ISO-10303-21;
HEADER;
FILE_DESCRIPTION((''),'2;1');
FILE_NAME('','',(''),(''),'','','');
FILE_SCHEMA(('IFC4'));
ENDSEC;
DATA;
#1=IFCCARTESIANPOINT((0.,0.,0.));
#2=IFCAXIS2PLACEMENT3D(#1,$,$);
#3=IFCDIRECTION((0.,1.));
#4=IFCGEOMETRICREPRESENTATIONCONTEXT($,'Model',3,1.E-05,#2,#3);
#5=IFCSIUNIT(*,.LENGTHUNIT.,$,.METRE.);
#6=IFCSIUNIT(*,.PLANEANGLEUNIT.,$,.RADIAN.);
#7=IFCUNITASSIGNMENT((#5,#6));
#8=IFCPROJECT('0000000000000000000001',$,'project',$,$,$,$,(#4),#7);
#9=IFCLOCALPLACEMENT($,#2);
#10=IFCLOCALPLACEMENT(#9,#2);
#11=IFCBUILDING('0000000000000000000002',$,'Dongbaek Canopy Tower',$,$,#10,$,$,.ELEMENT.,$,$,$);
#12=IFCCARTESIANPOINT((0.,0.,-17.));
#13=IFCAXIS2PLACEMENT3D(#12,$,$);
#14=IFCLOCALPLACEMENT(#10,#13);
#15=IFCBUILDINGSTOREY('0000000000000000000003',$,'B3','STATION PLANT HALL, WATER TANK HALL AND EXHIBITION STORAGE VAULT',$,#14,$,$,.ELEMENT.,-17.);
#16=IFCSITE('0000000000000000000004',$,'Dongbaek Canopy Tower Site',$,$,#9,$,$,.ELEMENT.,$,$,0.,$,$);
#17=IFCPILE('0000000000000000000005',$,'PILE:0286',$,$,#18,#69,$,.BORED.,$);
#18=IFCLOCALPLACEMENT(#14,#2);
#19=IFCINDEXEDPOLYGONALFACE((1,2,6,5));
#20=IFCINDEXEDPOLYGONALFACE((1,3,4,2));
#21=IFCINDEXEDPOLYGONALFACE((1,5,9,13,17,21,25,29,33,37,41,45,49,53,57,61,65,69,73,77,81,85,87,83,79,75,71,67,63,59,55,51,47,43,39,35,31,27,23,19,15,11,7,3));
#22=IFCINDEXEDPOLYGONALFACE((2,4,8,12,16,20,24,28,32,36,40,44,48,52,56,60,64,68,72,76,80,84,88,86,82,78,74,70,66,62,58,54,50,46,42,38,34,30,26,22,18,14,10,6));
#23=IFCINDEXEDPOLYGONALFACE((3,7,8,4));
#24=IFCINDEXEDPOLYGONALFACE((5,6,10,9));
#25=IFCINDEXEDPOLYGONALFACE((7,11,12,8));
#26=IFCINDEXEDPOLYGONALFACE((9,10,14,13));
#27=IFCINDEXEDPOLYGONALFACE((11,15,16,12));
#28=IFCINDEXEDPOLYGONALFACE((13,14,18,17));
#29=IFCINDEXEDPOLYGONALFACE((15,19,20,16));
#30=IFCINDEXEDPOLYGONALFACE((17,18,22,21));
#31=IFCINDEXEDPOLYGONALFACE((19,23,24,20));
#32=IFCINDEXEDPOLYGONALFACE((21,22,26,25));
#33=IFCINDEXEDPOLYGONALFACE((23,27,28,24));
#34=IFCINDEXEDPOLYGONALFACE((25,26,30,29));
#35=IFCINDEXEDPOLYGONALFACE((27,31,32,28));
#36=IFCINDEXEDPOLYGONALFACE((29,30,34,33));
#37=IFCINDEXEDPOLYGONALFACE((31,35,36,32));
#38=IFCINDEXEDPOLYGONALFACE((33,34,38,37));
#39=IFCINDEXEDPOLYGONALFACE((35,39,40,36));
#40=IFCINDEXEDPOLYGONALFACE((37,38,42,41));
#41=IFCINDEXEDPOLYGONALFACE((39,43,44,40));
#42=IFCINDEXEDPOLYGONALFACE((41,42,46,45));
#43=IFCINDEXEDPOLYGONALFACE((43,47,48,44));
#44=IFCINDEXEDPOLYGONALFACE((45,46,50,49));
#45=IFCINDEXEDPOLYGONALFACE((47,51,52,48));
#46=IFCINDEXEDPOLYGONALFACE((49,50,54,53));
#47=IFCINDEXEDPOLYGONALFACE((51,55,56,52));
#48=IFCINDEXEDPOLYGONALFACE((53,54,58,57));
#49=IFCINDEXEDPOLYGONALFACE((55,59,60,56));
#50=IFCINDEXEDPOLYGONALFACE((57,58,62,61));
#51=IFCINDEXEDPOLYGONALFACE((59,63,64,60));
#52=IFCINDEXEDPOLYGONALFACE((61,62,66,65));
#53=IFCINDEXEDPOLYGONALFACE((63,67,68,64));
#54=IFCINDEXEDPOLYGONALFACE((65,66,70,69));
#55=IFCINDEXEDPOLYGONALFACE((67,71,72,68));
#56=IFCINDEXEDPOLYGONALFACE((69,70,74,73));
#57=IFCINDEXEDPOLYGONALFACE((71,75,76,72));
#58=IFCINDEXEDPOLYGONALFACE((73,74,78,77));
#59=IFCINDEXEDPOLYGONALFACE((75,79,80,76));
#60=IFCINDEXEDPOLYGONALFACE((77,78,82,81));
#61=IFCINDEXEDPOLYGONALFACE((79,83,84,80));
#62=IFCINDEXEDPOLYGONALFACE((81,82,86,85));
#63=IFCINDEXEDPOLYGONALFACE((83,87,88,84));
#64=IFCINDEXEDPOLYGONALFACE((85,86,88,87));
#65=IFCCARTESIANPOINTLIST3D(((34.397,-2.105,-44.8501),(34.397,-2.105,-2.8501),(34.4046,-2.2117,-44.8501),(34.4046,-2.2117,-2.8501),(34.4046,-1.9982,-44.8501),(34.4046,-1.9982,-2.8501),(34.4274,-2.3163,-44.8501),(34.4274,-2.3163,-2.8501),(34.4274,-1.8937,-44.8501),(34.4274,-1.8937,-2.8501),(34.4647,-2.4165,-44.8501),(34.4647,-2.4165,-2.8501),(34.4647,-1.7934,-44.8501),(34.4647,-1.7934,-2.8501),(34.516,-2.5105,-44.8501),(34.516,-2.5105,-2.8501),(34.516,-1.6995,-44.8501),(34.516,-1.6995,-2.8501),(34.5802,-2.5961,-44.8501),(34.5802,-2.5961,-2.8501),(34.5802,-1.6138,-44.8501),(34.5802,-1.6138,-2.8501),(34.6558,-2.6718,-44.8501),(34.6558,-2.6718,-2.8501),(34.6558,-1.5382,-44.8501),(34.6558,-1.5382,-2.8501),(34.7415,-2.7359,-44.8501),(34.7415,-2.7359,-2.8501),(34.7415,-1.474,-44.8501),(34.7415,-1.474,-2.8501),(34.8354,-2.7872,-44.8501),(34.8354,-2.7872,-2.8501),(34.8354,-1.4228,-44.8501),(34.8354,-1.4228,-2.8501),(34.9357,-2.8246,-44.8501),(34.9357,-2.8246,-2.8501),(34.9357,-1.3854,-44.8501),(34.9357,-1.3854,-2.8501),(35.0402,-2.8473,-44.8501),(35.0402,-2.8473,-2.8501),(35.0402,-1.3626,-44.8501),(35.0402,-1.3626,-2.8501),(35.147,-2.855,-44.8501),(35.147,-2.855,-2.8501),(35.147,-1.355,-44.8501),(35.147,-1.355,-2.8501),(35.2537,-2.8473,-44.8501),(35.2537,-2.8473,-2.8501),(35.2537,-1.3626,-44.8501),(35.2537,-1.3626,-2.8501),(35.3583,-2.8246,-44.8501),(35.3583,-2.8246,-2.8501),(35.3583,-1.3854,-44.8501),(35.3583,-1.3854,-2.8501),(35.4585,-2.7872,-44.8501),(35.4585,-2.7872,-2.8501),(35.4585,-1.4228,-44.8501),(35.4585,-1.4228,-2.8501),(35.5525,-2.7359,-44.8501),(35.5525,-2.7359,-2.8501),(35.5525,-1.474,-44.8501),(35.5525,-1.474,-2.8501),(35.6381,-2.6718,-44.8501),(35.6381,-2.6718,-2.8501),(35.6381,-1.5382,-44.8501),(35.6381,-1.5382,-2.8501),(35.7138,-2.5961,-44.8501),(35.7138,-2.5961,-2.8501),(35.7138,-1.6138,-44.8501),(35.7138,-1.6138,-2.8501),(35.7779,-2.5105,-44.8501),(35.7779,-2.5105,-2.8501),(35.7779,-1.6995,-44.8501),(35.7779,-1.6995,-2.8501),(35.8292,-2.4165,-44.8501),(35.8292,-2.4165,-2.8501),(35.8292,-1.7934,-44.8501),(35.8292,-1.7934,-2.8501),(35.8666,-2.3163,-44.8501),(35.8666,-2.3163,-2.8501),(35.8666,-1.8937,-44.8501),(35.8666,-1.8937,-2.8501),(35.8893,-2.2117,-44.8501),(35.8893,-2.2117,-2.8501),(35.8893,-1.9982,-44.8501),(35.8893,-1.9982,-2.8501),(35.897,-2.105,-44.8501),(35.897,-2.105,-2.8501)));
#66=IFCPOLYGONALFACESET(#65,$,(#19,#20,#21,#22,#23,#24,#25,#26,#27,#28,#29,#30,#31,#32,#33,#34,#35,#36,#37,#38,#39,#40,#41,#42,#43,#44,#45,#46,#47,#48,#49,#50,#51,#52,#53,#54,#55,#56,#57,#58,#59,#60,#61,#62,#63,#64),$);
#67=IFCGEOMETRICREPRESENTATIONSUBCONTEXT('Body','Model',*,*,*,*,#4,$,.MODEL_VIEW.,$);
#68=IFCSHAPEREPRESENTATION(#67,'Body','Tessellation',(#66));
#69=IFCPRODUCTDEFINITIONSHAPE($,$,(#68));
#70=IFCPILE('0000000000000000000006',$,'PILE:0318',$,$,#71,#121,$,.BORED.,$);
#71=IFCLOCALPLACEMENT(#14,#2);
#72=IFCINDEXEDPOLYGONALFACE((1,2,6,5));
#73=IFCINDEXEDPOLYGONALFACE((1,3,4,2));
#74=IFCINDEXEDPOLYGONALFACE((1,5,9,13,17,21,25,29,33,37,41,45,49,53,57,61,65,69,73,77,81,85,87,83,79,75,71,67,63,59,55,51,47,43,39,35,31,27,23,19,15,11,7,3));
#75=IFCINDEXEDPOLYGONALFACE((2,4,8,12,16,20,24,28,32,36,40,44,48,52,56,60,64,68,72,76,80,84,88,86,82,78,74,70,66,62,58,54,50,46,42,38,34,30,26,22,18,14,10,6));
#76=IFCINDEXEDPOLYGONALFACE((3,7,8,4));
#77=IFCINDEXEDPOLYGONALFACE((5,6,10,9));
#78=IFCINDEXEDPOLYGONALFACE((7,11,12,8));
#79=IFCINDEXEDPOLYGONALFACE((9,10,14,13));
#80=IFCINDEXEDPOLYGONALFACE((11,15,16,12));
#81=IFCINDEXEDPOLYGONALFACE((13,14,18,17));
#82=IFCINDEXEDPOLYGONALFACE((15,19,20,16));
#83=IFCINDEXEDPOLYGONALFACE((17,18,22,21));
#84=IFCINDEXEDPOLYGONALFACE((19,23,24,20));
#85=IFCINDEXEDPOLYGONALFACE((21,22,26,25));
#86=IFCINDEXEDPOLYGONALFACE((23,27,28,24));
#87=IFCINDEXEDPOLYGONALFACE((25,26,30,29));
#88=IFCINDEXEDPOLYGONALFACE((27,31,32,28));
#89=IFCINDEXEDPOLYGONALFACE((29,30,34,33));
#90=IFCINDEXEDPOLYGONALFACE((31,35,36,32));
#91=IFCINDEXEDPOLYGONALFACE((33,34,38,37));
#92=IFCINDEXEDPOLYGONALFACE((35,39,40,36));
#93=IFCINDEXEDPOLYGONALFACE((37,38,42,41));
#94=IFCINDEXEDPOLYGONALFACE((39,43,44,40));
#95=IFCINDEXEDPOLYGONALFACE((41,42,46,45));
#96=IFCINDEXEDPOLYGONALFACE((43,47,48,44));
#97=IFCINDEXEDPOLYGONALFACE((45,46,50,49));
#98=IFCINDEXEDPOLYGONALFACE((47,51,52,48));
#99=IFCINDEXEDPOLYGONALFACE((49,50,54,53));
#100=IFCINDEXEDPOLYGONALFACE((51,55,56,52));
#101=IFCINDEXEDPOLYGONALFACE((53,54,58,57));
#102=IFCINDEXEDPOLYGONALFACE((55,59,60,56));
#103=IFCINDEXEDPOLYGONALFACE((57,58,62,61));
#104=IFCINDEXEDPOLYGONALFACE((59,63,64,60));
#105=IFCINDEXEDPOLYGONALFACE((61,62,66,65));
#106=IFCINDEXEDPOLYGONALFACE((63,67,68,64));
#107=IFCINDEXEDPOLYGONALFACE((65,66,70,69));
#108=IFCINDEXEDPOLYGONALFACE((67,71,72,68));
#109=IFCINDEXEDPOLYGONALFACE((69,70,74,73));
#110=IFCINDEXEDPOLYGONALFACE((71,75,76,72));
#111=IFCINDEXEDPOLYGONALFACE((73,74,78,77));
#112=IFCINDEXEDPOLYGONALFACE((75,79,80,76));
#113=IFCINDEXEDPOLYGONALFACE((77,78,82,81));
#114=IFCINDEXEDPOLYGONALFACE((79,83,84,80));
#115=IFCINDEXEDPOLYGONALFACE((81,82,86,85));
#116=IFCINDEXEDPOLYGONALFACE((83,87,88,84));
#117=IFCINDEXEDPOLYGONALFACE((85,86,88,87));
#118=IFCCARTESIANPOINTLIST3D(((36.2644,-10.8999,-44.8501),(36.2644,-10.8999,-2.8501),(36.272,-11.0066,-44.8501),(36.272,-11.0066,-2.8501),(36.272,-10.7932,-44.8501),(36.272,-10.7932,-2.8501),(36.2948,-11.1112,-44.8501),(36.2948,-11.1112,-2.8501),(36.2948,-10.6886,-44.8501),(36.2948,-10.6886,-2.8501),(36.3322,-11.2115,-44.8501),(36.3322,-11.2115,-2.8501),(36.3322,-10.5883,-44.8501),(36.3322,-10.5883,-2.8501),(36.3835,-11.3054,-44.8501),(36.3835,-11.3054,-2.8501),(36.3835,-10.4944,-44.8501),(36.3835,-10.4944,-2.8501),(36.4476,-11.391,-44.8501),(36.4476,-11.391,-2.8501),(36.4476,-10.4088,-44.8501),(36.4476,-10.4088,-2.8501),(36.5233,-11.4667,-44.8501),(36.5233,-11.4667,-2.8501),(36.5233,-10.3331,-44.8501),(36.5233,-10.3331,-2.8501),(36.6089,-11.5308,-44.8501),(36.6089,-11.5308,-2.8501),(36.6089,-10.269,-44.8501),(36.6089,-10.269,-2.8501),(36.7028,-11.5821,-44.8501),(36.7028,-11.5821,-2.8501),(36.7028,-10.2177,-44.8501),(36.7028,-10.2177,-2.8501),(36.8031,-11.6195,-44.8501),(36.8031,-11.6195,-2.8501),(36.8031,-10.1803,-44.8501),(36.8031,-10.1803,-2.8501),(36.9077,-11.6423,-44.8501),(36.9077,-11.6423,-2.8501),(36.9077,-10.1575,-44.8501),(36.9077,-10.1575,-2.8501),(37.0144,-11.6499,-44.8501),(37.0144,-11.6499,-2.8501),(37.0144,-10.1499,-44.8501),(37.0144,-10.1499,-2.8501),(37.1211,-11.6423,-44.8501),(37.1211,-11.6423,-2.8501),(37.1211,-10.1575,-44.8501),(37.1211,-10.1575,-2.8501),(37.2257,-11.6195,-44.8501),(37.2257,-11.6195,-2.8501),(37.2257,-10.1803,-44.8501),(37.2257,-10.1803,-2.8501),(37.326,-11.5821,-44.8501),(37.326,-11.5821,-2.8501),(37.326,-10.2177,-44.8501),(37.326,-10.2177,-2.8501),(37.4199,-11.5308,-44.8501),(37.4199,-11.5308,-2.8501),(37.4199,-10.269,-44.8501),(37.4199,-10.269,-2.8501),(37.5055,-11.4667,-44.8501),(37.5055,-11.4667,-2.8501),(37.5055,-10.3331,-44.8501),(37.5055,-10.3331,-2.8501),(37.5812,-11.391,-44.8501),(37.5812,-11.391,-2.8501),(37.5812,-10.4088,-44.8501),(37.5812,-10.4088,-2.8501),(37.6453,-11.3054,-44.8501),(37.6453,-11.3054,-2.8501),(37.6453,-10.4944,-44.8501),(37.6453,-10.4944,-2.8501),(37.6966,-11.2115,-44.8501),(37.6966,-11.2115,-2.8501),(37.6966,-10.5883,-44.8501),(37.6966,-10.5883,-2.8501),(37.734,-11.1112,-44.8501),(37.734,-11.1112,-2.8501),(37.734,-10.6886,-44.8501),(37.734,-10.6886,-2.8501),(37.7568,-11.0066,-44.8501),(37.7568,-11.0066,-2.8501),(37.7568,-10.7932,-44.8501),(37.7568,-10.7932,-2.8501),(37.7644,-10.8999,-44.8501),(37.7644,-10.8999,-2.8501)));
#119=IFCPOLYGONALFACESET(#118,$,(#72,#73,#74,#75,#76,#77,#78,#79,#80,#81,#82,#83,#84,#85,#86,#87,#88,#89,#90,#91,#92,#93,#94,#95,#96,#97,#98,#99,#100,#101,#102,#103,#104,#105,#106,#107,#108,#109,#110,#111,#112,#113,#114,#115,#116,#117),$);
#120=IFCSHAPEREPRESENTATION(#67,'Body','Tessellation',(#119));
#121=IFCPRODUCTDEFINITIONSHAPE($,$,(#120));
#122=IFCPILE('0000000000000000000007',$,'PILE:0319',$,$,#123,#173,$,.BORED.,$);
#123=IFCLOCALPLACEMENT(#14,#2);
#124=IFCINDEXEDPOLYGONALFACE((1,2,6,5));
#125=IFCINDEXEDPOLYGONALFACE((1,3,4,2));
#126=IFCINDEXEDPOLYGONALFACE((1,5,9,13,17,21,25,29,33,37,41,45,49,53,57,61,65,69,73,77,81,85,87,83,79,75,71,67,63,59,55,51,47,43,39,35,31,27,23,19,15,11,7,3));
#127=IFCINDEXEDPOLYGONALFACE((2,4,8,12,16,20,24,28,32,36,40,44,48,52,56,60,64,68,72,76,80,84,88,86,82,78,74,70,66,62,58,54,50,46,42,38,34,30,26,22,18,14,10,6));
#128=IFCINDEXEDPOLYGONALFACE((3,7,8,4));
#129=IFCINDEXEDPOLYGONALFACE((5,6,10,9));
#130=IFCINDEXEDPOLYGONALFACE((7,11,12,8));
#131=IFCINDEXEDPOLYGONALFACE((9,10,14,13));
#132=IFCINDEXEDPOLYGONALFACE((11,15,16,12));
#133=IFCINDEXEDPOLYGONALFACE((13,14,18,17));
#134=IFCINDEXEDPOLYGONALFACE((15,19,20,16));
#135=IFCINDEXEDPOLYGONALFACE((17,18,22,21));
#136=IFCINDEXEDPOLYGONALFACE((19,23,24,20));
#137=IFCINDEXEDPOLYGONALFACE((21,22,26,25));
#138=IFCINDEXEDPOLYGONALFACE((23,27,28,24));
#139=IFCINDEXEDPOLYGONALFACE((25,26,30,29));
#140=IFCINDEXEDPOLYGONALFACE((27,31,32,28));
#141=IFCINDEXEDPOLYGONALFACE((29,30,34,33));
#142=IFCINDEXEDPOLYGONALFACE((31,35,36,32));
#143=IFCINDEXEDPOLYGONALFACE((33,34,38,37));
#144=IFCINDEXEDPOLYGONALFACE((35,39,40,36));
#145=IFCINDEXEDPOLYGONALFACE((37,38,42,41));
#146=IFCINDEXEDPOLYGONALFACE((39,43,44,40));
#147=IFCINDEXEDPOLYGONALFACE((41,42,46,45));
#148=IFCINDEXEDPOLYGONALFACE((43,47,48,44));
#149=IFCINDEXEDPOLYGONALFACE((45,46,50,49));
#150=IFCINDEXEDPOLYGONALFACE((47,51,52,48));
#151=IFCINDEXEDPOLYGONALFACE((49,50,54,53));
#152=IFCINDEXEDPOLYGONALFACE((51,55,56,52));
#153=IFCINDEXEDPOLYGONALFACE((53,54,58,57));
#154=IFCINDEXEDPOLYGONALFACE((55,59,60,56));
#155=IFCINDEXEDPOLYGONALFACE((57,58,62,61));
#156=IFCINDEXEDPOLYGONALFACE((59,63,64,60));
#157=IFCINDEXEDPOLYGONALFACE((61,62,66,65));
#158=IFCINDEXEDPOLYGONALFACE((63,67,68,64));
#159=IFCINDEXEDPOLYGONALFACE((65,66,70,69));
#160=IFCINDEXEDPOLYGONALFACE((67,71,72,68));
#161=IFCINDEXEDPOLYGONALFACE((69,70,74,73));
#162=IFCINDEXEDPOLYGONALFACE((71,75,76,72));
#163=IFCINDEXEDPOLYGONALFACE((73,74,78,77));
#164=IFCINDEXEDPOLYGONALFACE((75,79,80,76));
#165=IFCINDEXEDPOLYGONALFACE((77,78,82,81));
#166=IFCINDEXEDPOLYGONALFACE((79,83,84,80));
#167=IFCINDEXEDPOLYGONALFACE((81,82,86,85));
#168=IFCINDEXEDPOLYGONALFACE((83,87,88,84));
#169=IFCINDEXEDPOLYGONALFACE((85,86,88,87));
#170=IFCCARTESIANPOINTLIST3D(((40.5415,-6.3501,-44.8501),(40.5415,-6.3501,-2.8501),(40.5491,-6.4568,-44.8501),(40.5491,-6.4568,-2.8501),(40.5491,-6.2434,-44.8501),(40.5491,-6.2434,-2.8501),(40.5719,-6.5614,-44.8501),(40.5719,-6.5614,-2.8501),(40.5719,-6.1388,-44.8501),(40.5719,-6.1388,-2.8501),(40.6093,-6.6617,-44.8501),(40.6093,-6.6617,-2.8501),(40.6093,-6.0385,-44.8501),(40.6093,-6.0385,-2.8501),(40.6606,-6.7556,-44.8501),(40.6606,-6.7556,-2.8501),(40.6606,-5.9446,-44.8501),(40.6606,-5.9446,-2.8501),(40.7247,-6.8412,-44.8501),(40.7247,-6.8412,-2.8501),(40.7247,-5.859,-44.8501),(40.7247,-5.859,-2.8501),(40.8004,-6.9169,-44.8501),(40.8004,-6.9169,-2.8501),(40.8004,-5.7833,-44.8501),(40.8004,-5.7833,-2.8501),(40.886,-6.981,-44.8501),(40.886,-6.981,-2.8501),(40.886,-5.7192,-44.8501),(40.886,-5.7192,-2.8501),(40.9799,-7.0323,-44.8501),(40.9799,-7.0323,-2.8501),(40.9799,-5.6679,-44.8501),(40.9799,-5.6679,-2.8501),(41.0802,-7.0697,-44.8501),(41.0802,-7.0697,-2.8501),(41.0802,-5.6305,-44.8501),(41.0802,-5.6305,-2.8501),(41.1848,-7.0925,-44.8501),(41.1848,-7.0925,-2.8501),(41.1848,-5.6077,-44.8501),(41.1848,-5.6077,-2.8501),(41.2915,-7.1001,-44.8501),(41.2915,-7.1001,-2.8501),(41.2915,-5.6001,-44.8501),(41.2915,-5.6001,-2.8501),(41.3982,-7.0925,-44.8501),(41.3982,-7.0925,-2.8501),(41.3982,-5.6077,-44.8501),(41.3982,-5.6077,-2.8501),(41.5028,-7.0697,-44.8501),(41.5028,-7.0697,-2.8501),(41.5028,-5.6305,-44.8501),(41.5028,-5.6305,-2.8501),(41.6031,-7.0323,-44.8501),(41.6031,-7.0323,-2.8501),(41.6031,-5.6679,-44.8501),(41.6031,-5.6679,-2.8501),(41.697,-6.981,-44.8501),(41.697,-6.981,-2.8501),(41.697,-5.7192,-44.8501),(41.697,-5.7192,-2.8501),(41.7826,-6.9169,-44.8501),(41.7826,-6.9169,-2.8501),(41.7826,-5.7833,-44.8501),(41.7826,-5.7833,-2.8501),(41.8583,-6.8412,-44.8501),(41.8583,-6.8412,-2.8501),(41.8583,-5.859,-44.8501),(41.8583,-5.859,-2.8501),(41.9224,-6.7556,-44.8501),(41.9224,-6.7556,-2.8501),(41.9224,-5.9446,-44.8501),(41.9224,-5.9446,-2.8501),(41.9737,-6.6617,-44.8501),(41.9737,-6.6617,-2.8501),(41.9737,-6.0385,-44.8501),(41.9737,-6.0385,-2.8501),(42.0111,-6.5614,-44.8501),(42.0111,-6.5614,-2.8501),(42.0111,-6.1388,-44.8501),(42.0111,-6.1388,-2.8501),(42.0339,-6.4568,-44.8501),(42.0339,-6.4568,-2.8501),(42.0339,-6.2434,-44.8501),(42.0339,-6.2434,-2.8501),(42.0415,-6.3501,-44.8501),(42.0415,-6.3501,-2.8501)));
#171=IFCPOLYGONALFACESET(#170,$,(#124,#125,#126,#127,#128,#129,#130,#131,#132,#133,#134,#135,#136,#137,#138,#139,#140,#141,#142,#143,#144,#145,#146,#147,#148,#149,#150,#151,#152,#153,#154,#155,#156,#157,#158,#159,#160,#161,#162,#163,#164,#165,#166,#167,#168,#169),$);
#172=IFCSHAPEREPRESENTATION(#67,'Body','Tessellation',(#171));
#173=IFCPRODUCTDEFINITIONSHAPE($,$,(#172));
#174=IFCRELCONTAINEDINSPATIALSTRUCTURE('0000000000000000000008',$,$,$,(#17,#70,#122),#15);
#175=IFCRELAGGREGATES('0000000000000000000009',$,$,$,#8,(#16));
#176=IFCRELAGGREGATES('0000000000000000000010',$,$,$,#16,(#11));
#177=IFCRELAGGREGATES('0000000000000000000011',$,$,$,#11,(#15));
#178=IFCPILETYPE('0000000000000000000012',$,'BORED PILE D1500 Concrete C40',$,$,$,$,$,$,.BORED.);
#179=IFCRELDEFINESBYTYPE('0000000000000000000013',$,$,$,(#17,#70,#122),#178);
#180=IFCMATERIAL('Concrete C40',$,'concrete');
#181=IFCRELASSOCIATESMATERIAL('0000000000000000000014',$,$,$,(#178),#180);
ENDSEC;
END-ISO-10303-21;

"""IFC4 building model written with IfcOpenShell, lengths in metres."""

from ifc_helpers import new_model, si_unit, direction, frame, origin, origin_2d, place, context, subcontext, project, spatial, circle, extrude, material, material_profile, profile_set, type_object, element, save


model = new_model("IFC4")

# Units and contexts
model_context = context("Model", 3, precision=1e-05, world=origin(), true_north=direction((0.0, 1.0)))
body_context = subcontext(model_context, "Body", "Model", "MODEL_VIEW")
ifc_project = project(units=[si_unit("LENGTHUNIT", "METRE"), si_unit("PLANEANGLEUNIT", "RADIAN")], contexts=[model_context])

# Site, building, storey
site_placement = place(None, origin())
site = spatial("IfcSite", under=ifc_project, at=site_placement, Name="Dongbaek Canopy Tower Site", CompositionType="ELEMENT", RefElevation=0.0)
building_placement = place(site_placement, origin())
building = spatial("IfcBuilding", under=site, at=building_placement, Name="Dongbaek Canopy Tower", CompositionType="ELEMENT")
storey_placement = place(building_placement, frame((0.0, 0.0, -17.0)))
storey = spatial("IfcBuildingStorey", under=building, at=storey_placement, Name="B3", Description="STATION PLANT HALL, WATER TANK HALL AND EXHIBITION STORAGE VAULT", CompositionType="ELEMENT", Elevation=-17.0)

# Piles
ifc_material_1 = material(Name="Concrete C40", Category="concrete")
ifc_material_profile_1 = material_profile(ifc_material_1, circle(Radius=0.75, at=origin_2d()), Name="BORED PILE D1500 Concrete C40")
ifc_profile_set_1 = profile_set([ifc_material_profile_1], Name="Concrete C40")
pile_type = type_object("IfcPileType", Name="BORED PILE D1500 Concrete C40", PredefinedType="BORED", material=ifc_profile_set_1)
for number, where, z_axis, x_axis, name in (
    (1, (35.147, -2.105, -2.8501), (0.0, 0.0, -1.0), (1.0, 0.0, 0.0), "PILE:0286"),
    (2, (37.0144, -10.8999, -2.8501), (0.0, 0.0, -1.0), (1.0, 0.0, 0.0), "PILE:0318"),
    (3, (41.2915, -6.3501, -2.8501), (0.0, 0.0, -1.0), (1.0, 0.0, 0.0), "PILE:0319"),
):
    element("IfcPile", number, at=place(storey_placement, frame(where, z_axis=z_axis, x_axis=x_axis)), inside=storey, type_object=pile_type, Name=name, PredefinedType="BORED", context=body_context, shape_type="SweptSolid", body=[
        extrude(circle(Radius=0.75, at=origin_2d()), origin(), (0.0, 0.0, 1.0), 42.0),
    ])

save(model, "model.ifc")
